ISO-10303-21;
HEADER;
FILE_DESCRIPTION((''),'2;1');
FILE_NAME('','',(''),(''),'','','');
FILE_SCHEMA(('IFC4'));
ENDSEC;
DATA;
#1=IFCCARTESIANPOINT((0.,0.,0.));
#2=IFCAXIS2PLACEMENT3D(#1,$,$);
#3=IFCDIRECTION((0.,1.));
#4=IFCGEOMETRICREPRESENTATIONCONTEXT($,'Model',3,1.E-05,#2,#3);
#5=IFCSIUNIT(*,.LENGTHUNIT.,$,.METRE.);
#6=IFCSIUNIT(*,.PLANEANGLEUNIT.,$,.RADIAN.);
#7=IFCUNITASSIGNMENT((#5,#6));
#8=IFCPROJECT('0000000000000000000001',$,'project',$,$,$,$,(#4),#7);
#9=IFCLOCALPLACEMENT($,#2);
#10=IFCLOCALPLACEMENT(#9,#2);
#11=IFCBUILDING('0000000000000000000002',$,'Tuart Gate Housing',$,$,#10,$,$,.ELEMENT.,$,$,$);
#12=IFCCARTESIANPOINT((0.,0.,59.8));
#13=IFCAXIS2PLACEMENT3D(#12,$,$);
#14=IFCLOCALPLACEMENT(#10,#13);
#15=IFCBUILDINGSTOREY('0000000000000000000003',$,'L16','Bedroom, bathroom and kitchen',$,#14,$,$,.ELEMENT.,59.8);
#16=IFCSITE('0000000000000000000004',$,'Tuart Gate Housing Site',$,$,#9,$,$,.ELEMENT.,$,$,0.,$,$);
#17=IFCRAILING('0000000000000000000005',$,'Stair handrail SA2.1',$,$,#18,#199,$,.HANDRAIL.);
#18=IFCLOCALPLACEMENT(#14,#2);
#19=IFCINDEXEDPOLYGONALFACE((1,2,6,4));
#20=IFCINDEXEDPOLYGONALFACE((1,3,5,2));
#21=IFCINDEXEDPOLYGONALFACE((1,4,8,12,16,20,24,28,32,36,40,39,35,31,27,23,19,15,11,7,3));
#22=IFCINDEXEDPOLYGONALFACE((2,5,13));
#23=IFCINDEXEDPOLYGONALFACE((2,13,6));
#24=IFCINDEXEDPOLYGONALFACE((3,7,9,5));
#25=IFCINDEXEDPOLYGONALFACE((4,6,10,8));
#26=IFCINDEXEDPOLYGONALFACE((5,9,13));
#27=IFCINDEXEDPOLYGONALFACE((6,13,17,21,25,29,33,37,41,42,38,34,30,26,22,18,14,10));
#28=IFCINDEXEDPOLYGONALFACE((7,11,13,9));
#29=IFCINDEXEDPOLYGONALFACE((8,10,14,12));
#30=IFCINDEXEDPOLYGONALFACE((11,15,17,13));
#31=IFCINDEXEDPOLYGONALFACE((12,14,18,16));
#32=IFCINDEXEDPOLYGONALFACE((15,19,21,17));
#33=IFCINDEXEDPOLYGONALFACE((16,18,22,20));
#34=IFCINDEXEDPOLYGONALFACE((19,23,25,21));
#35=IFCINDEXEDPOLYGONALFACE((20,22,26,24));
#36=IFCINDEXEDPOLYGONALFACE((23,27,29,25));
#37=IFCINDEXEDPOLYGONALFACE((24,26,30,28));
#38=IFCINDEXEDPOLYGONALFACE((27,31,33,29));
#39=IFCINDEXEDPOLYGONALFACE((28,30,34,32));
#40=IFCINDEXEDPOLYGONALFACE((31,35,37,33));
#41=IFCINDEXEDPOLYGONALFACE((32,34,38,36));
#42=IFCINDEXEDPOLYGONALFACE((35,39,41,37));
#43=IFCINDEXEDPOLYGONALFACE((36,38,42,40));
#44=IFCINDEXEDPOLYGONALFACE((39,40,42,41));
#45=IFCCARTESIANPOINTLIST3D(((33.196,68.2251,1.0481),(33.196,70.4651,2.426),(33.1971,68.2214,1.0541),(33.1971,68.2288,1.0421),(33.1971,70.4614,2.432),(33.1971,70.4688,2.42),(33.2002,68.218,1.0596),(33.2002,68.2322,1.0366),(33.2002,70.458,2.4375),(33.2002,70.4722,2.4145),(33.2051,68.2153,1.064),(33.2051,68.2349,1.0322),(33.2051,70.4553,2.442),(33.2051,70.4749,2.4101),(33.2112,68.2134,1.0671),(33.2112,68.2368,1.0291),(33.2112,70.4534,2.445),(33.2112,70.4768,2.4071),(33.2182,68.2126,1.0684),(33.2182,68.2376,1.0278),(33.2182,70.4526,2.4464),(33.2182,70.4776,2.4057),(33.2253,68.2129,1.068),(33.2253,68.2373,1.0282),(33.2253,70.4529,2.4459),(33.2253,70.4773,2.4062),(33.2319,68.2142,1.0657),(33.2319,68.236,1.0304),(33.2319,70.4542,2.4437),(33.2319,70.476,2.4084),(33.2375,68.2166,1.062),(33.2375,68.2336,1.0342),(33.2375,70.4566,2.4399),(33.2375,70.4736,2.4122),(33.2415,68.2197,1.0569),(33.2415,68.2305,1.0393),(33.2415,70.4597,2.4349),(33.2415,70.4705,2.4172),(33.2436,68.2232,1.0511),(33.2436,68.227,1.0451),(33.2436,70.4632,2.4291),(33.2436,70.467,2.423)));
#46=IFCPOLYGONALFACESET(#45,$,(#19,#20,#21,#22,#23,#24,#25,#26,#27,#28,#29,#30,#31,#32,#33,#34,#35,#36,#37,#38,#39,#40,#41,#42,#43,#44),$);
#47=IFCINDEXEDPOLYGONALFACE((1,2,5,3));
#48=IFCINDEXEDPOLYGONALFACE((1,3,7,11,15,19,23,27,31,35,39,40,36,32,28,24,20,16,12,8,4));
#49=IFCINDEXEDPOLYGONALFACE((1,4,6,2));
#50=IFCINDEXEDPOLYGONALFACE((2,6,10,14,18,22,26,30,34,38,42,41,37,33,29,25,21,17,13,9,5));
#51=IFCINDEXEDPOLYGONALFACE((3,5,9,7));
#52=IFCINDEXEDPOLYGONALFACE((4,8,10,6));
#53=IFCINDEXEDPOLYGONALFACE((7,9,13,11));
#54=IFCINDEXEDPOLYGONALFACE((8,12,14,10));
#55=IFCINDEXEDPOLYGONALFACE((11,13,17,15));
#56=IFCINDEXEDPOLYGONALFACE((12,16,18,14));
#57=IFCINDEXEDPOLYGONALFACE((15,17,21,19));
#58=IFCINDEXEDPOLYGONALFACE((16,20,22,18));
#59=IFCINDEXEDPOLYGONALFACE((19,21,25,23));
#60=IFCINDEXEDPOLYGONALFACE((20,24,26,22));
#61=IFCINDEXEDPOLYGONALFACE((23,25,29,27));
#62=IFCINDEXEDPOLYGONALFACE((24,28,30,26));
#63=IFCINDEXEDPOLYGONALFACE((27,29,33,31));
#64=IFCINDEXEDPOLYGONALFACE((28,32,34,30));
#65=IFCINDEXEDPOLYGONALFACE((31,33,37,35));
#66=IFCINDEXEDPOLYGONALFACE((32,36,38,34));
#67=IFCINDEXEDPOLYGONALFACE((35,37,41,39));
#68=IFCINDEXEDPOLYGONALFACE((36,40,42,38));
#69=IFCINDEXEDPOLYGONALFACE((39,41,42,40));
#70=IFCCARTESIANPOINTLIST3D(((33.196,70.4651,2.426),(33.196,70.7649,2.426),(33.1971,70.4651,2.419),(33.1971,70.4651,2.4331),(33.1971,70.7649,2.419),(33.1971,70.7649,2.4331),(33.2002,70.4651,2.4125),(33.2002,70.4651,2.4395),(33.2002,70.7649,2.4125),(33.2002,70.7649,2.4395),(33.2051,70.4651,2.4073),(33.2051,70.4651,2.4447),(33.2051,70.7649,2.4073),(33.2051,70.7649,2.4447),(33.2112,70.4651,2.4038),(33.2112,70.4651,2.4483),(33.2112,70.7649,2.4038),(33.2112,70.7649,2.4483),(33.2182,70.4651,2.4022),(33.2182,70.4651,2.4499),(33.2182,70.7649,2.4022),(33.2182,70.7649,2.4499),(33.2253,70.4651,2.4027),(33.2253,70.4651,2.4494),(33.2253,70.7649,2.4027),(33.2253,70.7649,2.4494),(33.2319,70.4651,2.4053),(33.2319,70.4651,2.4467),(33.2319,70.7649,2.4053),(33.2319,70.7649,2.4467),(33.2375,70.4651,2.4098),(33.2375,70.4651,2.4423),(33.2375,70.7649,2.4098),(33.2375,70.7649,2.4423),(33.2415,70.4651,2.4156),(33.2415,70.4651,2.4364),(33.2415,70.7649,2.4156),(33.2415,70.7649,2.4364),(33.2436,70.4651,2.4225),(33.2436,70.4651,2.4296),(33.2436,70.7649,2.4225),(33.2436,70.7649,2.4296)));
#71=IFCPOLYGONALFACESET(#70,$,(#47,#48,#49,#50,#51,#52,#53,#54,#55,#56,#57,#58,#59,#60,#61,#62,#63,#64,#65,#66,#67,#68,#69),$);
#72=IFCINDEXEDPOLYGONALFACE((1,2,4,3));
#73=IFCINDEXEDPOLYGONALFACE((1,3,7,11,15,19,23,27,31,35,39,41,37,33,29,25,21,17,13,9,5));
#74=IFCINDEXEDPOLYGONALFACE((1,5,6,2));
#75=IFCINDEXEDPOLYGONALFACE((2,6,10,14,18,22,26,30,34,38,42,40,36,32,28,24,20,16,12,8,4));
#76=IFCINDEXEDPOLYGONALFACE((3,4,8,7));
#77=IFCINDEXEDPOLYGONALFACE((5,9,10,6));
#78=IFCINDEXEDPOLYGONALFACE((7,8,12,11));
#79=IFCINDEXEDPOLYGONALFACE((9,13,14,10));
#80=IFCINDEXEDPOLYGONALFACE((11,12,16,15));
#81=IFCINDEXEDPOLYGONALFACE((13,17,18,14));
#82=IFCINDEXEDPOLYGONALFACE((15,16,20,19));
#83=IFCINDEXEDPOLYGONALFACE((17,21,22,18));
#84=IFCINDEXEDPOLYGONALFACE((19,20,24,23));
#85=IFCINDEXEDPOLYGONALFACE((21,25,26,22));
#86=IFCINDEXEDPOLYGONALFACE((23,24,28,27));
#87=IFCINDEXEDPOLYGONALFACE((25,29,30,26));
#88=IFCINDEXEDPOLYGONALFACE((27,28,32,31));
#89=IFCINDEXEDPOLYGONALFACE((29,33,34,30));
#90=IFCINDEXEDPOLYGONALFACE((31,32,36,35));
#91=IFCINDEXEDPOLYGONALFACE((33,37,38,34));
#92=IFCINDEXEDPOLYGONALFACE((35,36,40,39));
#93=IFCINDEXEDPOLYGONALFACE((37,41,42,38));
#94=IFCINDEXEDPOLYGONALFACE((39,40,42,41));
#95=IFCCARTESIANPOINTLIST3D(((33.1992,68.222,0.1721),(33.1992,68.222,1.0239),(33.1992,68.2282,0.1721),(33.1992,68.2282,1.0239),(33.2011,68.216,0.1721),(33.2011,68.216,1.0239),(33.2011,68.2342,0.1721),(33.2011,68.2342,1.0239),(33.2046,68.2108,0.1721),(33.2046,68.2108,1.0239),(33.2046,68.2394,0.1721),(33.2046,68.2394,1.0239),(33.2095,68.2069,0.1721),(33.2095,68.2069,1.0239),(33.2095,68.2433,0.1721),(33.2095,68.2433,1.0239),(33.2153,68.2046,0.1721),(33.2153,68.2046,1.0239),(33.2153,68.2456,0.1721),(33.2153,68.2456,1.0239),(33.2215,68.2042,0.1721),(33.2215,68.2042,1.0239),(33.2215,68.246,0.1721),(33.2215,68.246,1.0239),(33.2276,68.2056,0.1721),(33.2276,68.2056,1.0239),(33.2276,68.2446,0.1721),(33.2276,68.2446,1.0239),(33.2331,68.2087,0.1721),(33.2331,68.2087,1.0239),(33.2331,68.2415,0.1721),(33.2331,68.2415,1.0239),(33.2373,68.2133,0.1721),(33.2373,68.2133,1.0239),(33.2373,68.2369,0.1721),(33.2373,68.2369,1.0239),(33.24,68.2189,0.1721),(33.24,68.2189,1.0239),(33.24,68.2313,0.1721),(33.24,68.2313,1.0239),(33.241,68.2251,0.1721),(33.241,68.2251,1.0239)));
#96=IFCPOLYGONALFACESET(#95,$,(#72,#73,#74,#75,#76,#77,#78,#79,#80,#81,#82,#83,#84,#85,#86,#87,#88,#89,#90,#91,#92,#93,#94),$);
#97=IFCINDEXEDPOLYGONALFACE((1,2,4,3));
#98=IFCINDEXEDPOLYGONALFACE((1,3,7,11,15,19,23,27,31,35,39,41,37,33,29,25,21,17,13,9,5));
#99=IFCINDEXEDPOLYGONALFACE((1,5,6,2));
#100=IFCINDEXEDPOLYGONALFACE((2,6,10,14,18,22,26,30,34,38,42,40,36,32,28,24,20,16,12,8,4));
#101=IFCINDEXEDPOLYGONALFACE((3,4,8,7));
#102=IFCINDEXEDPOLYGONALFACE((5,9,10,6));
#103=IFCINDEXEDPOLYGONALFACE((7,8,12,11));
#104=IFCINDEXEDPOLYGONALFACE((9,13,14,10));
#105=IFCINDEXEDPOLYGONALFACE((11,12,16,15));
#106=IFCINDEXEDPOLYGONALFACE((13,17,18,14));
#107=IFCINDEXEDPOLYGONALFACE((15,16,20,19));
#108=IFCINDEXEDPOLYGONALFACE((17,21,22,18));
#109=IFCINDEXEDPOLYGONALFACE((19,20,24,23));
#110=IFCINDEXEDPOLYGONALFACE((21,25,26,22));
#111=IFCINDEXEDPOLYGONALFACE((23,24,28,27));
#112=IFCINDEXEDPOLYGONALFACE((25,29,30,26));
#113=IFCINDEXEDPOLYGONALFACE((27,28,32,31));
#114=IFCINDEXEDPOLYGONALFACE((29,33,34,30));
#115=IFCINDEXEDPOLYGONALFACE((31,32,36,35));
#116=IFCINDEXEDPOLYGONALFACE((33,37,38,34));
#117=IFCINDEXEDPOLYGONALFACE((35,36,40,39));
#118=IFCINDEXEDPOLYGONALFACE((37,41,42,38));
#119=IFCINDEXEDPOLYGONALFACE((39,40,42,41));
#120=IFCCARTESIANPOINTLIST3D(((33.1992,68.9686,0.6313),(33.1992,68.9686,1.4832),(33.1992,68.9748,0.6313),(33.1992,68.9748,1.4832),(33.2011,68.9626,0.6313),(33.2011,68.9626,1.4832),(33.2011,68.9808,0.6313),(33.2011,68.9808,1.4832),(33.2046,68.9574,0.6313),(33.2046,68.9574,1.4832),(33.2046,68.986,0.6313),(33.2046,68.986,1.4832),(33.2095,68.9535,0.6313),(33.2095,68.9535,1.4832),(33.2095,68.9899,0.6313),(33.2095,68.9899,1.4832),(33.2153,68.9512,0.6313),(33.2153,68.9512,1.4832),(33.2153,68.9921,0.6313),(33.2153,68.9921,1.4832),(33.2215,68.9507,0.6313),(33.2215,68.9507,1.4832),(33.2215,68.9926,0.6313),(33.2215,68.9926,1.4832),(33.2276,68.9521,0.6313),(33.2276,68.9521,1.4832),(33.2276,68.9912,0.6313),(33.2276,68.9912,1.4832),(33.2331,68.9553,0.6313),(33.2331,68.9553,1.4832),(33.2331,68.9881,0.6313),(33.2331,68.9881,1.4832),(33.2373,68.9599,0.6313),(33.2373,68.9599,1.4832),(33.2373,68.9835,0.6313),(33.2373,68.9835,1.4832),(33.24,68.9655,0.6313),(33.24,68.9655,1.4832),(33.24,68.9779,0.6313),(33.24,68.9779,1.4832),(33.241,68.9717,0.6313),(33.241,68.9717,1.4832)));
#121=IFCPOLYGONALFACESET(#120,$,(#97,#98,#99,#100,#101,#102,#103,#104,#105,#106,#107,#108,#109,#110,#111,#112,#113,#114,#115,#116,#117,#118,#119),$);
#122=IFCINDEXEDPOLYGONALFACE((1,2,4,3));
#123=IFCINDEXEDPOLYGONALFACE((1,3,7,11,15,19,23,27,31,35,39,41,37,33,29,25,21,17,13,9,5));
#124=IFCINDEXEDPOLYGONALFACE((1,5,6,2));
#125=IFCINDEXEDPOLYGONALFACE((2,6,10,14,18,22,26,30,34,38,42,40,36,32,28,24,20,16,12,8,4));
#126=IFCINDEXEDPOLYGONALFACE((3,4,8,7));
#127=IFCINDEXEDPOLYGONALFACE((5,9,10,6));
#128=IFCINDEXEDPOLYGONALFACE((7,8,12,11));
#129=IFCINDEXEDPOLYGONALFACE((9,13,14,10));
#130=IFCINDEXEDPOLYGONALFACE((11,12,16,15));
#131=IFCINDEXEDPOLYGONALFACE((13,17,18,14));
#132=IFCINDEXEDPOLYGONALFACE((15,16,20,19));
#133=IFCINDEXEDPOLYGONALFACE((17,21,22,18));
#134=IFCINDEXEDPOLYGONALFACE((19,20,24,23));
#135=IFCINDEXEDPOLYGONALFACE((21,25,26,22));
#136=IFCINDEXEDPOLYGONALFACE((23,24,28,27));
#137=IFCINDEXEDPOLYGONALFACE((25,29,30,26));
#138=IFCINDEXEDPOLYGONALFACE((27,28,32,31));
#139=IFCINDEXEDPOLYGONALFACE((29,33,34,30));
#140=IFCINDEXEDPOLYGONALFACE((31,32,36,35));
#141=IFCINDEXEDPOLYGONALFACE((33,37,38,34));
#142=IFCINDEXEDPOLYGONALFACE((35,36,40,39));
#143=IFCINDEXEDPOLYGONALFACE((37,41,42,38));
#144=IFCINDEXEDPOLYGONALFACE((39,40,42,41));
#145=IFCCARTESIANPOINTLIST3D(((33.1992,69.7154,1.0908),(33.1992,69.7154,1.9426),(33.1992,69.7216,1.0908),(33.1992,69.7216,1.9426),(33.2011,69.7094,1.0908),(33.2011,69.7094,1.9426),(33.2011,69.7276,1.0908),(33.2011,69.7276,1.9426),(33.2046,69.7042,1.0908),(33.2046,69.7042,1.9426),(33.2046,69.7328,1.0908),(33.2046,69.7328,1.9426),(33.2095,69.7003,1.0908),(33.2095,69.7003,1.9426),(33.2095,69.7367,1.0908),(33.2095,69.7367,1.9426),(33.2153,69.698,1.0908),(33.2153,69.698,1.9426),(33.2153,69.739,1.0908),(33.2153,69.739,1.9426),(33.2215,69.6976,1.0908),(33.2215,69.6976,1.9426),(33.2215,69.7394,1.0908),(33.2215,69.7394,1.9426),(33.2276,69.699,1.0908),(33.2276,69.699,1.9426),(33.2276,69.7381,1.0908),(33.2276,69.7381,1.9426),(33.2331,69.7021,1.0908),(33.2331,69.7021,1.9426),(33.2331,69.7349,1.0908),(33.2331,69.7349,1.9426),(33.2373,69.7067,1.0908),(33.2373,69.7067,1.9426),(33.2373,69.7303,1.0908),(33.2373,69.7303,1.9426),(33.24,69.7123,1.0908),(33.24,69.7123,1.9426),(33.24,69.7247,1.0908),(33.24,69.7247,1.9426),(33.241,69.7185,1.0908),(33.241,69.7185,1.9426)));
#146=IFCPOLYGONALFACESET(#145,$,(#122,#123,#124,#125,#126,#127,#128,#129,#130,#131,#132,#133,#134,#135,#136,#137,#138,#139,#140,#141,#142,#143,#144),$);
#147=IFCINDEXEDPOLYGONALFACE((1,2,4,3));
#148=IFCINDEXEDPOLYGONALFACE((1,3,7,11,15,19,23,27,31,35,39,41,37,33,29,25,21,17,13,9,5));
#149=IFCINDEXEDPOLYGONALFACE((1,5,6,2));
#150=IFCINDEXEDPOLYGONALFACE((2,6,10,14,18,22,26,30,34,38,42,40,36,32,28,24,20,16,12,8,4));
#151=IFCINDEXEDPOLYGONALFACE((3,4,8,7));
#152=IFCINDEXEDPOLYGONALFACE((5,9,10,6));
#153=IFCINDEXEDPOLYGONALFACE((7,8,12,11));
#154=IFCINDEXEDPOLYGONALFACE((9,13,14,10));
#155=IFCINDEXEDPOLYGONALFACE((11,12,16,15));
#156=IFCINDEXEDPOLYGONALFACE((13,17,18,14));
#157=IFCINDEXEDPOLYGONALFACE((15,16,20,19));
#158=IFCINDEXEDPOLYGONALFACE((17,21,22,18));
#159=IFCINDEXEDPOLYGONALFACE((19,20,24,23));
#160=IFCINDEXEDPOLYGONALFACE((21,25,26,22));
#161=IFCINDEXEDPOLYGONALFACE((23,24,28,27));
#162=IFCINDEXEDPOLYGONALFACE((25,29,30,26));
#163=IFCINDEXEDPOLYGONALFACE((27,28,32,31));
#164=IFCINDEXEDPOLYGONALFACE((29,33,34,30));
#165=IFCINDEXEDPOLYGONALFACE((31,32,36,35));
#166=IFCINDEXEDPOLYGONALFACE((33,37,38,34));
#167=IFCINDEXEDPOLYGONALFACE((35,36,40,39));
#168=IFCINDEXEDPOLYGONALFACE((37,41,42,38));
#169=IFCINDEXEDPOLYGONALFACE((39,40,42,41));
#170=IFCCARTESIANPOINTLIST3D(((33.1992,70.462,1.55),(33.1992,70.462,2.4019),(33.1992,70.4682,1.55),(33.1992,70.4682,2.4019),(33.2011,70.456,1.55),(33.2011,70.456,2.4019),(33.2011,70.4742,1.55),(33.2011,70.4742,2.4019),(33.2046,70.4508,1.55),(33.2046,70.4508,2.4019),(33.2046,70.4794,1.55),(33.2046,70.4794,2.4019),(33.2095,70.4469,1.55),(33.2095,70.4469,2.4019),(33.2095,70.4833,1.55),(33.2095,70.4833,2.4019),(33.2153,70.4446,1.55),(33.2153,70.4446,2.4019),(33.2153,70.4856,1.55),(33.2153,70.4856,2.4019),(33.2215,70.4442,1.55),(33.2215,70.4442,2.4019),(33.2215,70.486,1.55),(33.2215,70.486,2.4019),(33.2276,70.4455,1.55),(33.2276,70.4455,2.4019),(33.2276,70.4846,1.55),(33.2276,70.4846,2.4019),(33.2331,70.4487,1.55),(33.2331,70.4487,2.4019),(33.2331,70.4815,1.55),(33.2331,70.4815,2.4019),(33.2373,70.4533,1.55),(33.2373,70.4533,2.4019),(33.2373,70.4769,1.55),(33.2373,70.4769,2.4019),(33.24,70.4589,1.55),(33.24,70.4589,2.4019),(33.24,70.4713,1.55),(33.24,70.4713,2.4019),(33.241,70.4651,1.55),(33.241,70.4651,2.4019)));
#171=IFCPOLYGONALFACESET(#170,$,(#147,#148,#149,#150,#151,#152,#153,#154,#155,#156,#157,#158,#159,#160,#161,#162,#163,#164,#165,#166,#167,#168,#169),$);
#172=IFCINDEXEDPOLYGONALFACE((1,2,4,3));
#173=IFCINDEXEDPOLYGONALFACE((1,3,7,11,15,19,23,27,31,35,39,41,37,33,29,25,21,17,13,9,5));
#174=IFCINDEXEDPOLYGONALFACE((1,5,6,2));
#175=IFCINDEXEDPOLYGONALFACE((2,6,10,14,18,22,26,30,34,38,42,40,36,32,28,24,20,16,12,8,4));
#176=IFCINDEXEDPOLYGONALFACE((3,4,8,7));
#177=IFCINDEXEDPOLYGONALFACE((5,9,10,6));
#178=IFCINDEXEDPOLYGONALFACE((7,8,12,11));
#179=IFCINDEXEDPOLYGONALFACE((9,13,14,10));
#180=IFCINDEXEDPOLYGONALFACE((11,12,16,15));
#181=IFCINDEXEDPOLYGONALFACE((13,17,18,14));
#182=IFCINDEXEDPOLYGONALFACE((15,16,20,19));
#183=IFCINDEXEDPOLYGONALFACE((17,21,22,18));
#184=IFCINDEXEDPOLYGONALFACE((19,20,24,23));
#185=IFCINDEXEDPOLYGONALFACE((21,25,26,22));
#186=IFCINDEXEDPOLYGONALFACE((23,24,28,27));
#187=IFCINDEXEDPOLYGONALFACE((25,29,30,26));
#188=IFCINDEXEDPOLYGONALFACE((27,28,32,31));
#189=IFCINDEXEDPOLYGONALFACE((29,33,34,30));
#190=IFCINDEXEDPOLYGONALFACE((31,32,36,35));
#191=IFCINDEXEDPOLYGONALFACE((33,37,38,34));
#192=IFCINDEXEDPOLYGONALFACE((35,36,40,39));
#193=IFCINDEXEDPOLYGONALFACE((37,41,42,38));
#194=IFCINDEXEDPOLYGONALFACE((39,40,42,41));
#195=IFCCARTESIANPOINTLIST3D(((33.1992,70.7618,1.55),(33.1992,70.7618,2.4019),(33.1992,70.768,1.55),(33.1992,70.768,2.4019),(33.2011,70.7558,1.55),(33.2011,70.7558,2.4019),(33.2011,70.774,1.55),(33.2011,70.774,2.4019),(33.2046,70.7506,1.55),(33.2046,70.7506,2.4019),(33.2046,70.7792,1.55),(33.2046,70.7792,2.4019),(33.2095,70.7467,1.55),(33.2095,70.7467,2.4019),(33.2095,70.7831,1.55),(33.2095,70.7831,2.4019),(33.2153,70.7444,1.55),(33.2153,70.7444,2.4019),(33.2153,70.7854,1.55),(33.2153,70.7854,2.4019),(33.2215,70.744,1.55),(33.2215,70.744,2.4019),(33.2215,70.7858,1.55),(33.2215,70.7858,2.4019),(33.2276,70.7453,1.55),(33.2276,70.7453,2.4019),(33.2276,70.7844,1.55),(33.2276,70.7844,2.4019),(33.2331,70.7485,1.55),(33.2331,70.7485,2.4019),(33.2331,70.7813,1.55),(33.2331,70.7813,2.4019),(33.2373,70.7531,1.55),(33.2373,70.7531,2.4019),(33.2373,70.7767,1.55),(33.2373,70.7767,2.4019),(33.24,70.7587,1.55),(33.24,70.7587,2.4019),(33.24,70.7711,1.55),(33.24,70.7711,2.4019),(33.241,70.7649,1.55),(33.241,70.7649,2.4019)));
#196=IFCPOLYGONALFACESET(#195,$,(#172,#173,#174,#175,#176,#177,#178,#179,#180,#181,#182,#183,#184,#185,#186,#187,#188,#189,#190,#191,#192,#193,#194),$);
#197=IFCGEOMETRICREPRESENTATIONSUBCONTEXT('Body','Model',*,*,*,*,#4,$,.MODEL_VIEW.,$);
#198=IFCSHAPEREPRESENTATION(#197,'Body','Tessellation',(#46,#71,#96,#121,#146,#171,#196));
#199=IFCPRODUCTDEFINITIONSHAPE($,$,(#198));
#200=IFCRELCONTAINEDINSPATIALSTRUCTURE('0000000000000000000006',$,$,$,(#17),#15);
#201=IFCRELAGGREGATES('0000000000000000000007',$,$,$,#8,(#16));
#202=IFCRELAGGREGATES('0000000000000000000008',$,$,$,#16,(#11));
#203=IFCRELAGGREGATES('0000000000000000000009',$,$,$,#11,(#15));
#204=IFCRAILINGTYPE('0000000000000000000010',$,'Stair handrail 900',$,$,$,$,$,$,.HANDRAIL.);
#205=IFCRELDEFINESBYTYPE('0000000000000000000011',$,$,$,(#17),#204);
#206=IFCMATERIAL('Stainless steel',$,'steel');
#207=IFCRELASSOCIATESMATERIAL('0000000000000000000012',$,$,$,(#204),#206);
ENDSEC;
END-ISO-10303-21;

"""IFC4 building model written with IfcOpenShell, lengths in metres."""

from ifc_helpers import new_model, si_unit, direction, frame, origin, origin_2d, place, context, subcontext, project, spatial, circle, extrude, material, type_object, element, save


model = new_model("IFC4")

# Units and contexts
model_context = context("Model", 3, precision=1e-05, world=origin(), true_north=direction((0.0, 1.0)))
body_context = subcontext(model_context, "Body", "Model", "MODEL_VIEW")
ifc_project = project(units=[si_unit("LENGTHUNIT", "METRE"), si_unit("PLANEANGLEUNIT", "RADIAN")], contexts=[model_context])

# Site, building, storey
site_placement = place(None, origin())
site = spatial("IfcSite", under=ifc_project, at=site_placement, Name="Tuart Gate Housing Site", CompositionType="ELEMENT", RefElevation=0.0)
building_placement = place(site_placement, origin())
building = spatial("IfcBuilding", under=site, at=building_placement, Name="Tuart Gate Housing", CompositionType="ELEMENT")
storey_placement = place(building_placement, frame((0.0, 0.0, 59.8)))
storey = spatial("IfcBuildingStorey", under=building, at=storey_placement, Name="L16", Description="Bedroom, bathroom and kitchen", CompositionType="ELEMENT", Elevation=59.8)

# Railing
ifc_material_1 = material(Name="Stainless steel", Category="steel")
railing_type = type_object("IfcRailingType", Name="Stair handrail 900", PredefinedType="HANDRAIL", material=ifc_material_1)
railing_placement = place(storey_placement, frame((33.22, 68.2251, 0.1721)))
element("IfcRailing", 1, at=railing_placement, inside=storey, type_object=railing_type, Name="Stair handrail SA2.1", PredefinedType="HANDRAIL", context=body_context, shape_type="SweptSolid", body=[
    extrude(circle(Radius=0.0239, at=origin_2d()), frame((0.0, 0.0, 0.876), z_axis=(0.0, 0.851748, 0.523952), x_axis=(-1.0, 0.0, 0.0)), (0.0, 0.0, 1.0), 2.6299),
    extrude(circle(Radius=0.0239, at=origin_2d()), frame((0.0, 2.24, 2.2539), z_axis=(0.0, 1.0, 0.0), x_axis=(-1.0, 0.0, 0.0)), (0.0, 0.0, 1.0), 0.2998),
    extrude(circle(Radius=0.021, at=origin_2d()), origin(), (0.0, 0.0, 1.0), 0.8518),
    extrude(circle(Radius=0.021, at=origin_2d()), frame((0.0, 0.7466, 0.4592)), (0.0, 0.0, 1.0), 0.8518),
    extrude(circle(Radius=0.021, at=origin_2d()), frame((0.0, 1.4934, 0.9187)), (0.0, 0.0, 1.0), 0.8518),
    extrude(circle(Radius=0.021, at=origin_2d()), frame((0.0, 2.24, 1.3779)), (0.0, 0.0, 1.0), 0.8518),
    extrude(circle(Radius=0.021, at=origin_2d()), frame((0.0, 2.5398, 1.3779)), (0.0, 0.0, 1.0), 0.8518),
])

save(model, "model.ifc")
